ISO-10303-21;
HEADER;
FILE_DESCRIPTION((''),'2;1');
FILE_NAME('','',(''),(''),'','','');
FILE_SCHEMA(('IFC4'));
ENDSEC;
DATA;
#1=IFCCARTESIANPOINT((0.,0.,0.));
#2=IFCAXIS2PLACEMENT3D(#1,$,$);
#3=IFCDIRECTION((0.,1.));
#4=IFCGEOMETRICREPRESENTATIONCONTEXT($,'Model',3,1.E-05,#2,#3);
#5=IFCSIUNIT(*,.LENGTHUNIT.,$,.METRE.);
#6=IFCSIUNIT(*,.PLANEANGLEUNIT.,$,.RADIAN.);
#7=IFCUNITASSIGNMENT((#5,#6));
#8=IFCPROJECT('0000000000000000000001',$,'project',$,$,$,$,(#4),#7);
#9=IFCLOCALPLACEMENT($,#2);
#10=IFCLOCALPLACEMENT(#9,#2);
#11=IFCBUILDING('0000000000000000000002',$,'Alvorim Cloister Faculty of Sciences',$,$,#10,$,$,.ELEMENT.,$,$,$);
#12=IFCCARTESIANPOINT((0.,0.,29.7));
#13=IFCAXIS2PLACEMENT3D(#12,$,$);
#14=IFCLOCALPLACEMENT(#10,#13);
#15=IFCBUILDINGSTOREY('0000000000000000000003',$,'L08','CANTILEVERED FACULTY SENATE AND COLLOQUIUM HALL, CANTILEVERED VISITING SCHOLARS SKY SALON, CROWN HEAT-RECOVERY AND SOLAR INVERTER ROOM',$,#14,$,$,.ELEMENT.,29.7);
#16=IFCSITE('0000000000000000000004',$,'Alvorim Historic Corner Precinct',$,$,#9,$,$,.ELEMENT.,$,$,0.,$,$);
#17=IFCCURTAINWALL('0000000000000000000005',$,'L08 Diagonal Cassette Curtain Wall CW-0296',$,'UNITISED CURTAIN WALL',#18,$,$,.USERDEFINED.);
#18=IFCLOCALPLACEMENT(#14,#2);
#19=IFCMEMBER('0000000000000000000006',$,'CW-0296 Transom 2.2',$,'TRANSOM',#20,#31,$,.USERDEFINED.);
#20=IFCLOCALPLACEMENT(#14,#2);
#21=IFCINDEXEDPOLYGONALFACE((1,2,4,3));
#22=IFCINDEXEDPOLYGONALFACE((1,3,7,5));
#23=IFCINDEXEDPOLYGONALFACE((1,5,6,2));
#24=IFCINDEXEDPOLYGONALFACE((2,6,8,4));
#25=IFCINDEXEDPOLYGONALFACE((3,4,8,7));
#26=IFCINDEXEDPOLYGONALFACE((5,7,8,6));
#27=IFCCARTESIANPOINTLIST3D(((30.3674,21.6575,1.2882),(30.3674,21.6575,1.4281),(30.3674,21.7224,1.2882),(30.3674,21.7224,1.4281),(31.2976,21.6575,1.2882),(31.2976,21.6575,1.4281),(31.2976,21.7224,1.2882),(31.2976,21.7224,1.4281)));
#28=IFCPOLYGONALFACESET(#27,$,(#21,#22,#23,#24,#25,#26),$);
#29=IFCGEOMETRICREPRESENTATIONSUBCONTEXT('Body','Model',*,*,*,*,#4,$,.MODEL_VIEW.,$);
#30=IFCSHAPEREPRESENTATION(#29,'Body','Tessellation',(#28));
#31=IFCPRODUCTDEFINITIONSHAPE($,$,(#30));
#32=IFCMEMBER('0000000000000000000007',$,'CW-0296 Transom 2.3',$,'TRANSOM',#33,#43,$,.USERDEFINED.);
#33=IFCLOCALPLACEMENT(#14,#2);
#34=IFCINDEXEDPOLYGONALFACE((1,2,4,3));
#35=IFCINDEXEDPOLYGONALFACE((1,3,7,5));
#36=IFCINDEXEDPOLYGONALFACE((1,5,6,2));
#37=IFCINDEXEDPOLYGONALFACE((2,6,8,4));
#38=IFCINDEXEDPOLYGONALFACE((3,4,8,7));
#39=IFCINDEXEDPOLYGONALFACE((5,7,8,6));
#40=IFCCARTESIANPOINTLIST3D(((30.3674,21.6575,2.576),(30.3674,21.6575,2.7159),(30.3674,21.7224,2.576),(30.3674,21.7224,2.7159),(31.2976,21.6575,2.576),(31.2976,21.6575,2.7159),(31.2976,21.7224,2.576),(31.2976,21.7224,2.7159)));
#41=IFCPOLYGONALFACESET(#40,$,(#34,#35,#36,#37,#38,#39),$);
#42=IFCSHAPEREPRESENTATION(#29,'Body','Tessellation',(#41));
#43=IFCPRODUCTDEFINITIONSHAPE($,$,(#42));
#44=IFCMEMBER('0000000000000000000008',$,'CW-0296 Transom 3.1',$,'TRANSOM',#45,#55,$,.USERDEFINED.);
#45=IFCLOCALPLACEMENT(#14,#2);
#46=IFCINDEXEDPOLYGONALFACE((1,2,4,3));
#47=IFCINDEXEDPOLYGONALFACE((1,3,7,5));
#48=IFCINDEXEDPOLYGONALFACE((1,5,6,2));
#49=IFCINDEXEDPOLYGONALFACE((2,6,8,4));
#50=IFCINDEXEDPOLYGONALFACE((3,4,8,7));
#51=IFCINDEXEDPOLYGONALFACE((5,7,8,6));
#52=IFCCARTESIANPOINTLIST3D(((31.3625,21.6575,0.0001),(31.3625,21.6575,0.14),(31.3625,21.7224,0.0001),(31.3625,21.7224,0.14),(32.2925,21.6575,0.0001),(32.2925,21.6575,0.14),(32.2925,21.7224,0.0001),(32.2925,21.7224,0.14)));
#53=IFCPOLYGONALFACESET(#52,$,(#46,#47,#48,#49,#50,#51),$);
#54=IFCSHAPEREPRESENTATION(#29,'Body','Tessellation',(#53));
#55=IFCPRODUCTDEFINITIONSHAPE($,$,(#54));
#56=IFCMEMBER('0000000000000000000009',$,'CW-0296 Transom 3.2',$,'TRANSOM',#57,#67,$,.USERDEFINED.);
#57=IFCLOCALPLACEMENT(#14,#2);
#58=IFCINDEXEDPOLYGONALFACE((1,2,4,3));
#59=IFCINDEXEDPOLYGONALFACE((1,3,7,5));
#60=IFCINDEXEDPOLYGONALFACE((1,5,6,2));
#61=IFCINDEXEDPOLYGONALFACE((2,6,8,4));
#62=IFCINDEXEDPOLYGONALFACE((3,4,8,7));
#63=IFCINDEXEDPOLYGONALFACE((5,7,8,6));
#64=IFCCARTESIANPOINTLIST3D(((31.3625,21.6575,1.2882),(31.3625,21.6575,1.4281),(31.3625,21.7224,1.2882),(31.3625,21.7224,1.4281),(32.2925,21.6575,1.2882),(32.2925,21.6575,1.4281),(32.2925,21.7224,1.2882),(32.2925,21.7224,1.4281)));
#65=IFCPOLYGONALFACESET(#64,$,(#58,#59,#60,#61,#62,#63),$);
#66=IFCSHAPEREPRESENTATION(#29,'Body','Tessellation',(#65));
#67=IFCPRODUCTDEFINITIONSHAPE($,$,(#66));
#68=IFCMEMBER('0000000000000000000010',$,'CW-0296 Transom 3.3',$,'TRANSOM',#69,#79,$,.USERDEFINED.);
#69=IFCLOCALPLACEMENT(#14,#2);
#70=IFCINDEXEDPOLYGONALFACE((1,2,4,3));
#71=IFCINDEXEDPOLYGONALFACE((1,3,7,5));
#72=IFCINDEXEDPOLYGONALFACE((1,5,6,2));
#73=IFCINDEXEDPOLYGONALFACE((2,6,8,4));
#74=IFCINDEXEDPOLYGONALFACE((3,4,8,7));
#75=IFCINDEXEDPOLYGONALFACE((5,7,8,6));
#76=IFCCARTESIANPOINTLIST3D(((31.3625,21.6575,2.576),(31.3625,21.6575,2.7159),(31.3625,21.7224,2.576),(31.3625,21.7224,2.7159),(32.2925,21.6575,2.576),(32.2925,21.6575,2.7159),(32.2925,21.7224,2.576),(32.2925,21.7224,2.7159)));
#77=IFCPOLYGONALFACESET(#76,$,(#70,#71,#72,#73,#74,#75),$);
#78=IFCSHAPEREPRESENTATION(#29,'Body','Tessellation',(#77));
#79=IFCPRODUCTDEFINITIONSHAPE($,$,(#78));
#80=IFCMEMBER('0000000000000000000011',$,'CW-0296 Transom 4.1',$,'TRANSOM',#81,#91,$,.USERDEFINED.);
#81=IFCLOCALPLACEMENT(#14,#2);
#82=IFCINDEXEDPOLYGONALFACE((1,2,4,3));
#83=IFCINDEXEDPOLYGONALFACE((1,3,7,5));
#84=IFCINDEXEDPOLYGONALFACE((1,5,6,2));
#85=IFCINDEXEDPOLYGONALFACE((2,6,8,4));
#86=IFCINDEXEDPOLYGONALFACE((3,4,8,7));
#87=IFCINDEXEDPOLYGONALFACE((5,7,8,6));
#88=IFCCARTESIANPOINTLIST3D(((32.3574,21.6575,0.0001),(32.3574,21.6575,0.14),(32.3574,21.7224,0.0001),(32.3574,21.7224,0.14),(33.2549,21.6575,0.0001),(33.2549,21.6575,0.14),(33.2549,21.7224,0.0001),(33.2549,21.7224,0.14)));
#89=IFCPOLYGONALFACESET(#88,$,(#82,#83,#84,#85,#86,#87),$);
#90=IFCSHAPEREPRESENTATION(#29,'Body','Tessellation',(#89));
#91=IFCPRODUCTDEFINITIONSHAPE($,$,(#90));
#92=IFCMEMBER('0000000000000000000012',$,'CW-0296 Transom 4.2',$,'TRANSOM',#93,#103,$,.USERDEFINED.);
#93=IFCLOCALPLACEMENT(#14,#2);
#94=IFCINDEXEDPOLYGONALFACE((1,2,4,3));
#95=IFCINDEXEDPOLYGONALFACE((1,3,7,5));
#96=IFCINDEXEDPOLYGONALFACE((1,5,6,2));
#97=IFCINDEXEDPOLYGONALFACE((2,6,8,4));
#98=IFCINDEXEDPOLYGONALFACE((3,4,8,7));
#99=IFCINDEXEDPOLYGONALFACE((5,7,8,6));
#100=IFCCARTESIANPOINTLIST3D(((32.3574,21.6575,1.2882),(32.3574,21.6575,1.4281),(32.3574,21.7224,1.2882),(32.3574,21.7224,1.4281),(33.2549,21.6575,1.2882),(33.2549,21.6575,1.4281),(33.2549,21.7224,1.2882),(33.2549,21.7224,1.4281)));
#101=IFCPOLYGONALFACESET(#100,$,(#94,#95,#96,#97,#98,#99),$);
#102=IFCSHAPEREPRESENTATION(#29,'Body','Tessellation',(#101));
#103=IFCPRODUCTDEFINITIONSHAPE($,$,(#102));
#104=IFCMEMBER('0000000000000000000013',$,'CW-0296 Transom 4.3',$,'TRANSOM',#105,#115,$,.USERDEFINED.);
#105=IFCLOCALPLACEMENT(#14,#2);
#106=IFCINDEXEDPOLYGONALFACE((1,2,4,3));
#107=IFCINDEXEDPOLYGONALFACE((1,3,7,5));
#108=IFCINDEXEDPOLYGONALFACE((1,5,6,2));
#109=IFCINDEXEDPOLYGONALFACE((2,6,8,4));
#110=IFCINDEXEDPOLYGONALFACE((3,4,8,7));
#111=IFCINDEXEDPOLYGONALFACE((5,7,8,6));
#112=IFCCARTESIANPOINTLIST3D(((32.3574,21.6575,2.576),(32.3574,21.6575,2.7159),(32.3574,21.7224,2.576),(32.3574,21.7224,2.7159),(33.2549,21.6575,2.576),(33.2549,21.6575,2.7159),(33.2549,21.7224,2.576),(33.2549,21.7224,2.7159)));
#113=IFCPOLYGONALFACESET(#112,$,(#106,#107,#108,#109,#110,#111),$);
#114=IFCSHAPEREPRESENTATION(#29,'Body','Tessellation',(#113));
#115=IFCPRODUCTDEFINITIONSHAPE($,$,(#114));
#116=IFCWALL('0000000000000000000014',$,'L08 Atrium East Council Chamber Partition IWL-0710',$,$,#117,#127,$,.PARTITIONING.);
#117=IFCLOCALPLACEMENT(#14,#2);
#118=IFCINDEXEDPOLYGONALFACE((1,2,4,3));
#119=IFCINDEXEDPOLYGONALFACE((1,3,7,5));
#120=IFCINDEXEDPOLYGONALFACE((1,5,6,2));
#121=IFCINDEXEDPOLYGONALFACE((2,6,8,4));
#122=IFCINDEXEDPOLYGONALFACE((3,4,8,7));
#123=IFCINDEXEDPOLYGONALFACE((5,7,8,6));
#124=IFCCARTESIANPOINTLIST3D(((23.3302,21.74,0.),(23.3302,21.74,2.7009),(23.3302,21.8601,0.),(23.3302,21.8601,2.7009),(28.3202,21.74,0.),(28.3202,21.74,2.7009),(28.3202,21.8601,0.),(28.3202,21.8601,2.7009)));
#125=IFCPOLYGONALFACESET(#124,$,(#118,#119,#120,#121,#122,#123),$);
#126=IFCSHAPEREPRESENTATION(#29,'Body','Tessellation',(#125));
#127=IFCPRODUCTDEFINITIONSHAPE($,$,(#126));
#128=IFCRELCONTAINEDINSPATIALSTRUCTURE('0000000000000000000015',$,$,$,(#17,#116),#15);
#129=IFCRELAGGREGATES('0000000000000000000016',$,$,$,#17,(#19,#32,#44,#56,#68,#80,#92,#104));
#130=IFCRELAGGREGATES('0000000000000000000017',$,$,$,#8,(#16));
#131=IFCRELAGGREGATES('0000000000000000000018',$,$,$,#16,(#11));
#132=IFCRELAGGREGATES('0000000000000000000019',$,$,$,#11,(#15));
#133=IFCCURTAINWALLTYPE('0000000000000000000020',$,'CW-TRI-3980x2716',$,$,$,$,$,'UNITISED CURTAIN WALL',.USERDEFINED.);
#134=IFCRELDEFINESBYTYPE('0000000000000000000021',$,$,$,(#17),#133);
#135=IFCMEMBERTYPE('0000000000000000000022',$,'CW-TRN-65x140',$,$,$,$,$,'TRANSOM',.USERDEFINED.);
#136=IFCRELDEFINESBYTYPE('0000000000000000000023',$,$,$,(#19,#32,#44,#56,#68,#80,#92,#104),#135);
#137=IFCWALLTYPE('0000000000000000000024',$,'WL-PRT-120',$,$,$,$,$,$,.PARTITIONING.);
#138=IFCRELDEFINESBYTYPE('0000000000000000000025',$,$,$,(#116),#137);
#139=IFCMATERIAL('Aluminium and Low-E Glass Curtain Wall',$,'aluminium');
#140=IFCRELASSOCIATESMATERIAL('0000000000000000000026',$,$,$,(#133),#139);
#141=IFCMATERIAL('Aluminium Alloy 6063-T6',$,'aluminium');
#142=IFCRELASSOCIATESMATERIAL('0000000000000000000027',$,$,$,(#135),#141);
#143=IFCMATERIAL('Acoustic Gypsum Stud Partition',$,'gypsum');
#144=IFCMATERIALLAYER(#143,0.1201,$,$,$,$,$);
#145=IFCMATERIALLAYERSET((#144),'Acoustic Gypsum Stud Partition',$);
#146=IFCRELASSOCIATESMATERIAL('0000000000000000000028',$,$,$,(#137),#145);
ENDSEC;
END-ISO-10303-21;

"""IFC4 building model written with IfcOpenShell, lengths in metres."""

from ifc_helpers import new_model, si_unit, direction, frame, frame_2d, origin, origin_2d, place, context, subcontext, project, spatial, rectangle, extrude, material, layer, layer_set, material_profile, profile_set, type_object, element, aggregate, save


model = new_model("IFC4")

# Units and contexts
model_context = context("Model", 3, precision=1e-05, world=origin(), true_north=direction((0.0, 1.0)))
body_context = subcontext(model_context, "Body", "Model", "MODEL_VIEW")
ifc_project = project(units=[si_unit("LENGTHUNIT", "METRE"), si_unit("PLANEANGLEUNIT", "RADIAN")], contexts=[model_context])

# Site, building, storey
site_placement = place(None, origin())
site = spatial("IfcSite", under=ifc_project, at=site_placement, Name="Alvorim Historic Corner Precinct", CompositionType="ELEMENT", RefElevation=0.0)
building_placement = place(site_placement, origin())
building = spatial("IfcBuilding", under=site, at=building_placement, Name="Alvorim Cloister Faculty of Sciences", CompositionType="ELEMENT")
storey_placement = place(building_placement, frame((0.0, 0.0, 29.7)))
storey = spatial("IfcBuildingStorey", under=building, at=storey_placement, Name="L08", Description="CANTILEVERED FACULTY SENATE AND COLLOQUIUM HALL, CANTILEVERED VISITING SCHOLARS SKY SALON, CROWN HEAT-RECOVERY AND SOLAR INVERTER ROOM", CompositionType="ELEMENT", Elevation=29.7)

# Curtain wall
ifc_material_1 = material(Name="Aluminium and Low-E Glass Curtain Wall", Category="aluminium")
ifc_material_2 = material(Name="Aluminium Alloy 6063-T6", Category="aluminium")
curtain_wall_type_1 = type_object("IfcCurtainWallType", Name="CW-TRI-3980x2716", ElementType="UNITISED CURTAIN WALL", PredefinedType="USERDEFINED", material=ifc_material_1)
curtain_wall_1_placement = place(storey_placement, origin())
curtain_wall_1 = element("IfcCurtainWall", 1, at=curtain_wall_1_placement, inside=storey, type_object=curtain_wall_type_1, Name="L08 Diagonal Cassette Curtain Wall CW-0296", ObjectType="UNITISED CURTAIN WALL", PredefinedType="USERDEFINED")

# Members
ifc_material_profile_1 = material_profile(ifc_material_2, rectangle(XDim=0.0649, YDim=0.1399, at=origin_2d()), Name="ALU-TRN-65x140")
ifc_profile_set_1 = profile_set([ifc_material_profile_1], Name="Aluminium Alloy 6063-T6")
member_type_1 = type_object("IfcMemberType", Name="CW-TRN-65x140", ElementType="TRANSOM", PredefinedType="USERDEFINED", material=ifc_profile_set_1)
member_1_placement = place(storey_placement, frame((30.3674, 21.6899, 1.3582), z_axis=(1.0, 0.0, 0.0), x_axis=(0.0, 1.0, 0.0)))
member_1 = element("IfcMember", 2, at=member_1_placement, type_object=member_type_1, Name="CW-0296 Transom 2.2", ObjectType="TRANSOM", PredefinedType="USERDEFINED", context=body_context, shape_type="SweptSolid", body=[
    extrude(rectangle(XDim=0.0649, YDim=0.1399, at=origin_2d()), origin(), (0.0, 0.0, 1.0), 0.9302),
])
member_2_placement = place(storey_placement, frame((30.3674, 21.6899, 2.646), z_axis=(1.0, 0.0, 0.0), x_axis=(0.0, 1.0, 0.0)))
member_2 = element("IfcMember", 3, at=member_2_placement, type_object=member_type_1, Name="CW-0296 Transom 2.3", ObjectType="TRANSOM", PredefinedType="USERDEFINED", context=body_context, shape_type="SweptSolid", body=[
    extrude(rectangle(XDim=0.0649, YDim=0.1399, at=origin_2d()), origin(), (0.0, 0.0, 1.0), 0.9302),
])
member_3_placement = place(storey_placement, frame((31.3625, 21.6899, 0.0701), z_axis=(1.0, 0.0, 0.0), x_axis=(0.0, 1.0, 0.0)))
member_3 = element("IfcMember", 4, at=member_3_placement, type_object=member_type_1, Name="CW-0296 Transom 3.1", ObjectType="TRANSOM", PredefinedType="USERDEFINED", context=body_context, shape_type="SweptSolid", body=[
    extrude(rectangle(XDim=0.0649, YDim=0.1399, at=origin_2d()), origin(), (0.0, 0.0, 1.0), 0.9299),
])
member_4_placement = place(storey_placement, frame((31.3625, 21.6899, 1.3582), z_axis=(1.0, 0.0, 0.0), x_axis=(0.0, 1.0, 0.0)))
member_4 = element("IfcMember", 5, at=member_4_placement, type_object=member_type_1, Name="CW-0296 Transom 3.2", ObjectType="TRANSOM", PredefinedType="USERDEFINED", context=body_context, shape_type="SweptSolid", body=[
    extrude(rectangle(XDim=0.0649, YDim=0.1399, at=origin_2d()), origin(), (0.0, 0.0, 1.0), 0.9299),
])
member_5_placement = place(storey_placement, frame((31.3625, 21.6899, 2.646), z_axis=(1.0, 0.0, 0.0), x_axis=(0.0, 1.0, 0.0)))
member_5 = element("IfcMember", 6, at=member_5_placement, type_object=member_type_1, Name="CW-0296 Transom 3.3", ObjectType="TRANSOM", PredefinedType="USERDEFINED", context=body_context, shape_type="SweptSolid", body=[
    extrude(rectangle(XDim=0.0649, YDim=0.1399, at=origin_2d()), origin(), (0.0, 0.0, 1.0), 0.9299),
])
member_6_placement = place(storey_placement, frame((32.3574, 21.6899, 0.0701), z_axis=(1.0, 0.0, 0.0), x_axis=(0.0, 1.0, 0.0)))
member_6 = element("IfcMember", 7, at=member_6_placement, type_object=member_type_1, Name="CW-0296 Transom 4.1", ObjectType="TRANSOM", PredefinedType="USERDEFINED", context=body_context, shape_type="SweptSolid", body=[
    extrude(rectangle(XDim=0.0649, YDim=0.1399, at=origin_2d()), origin(), (0.0, 0.0, 1.0), 0.8975),
])
member_7_placement = place(storey_placement, frame((32.3574, 21.6899, 1.3582), z_axis=(1.0, 0.0, 0.0), x_axis=(0.0, 1.0, 0.0)))
member_7 = element("IfcMember", 8, at=member_7_placement, type_object=member_type_1, Name="CW-0296 Transom 4.2", ObjectType="TRANSOM", PredefinedType="USERDEFINED", context=body_context, shape_type="SweptSolid", body=[
    extrude(rectangle(XDim=0.0649, YDim=0.1399, at=origin_2d()), origin(), (0.0, 0.0, 1.0), 0.8975),
])
member_8_placement = place(storey_placement, frame((32.3574, 21.6899, 2.646), z_axis=(1.0, 0.0, 0.0), x_axis=(0.0, 1.0, 0.0)))
member_8 = element("IfcMember", 9, at=member_8_placement, type_object=member_type_1, Name="CW-0296 Transom 4.3", ObjectType="TRANSOM", PredefinedType="USERDEFINED", context=body_context, shape_type="SweptSolid", body=[
    extrude(rectangle(XDim=0.0649, YDim=0.1399, at=origin_2d()), origin(), (0.0, 0.0, 1.0), 0.8975),
])
aggregate(curtain_wall_1, [member_1, member_2, member_3, member_4, member_5, member_6, member_7, member_8])

# Wall
ifc_material_3 = material(Name="Acoustic Gypsum Stud Partition", Category="gypsum")
ifc_layer = layer(ifc_material_3, 0.1201)
ifc_layer_set = layer_set([ifc_layer], Name="Acoustic Gypsum Stud Partition")
wall_type = type_object("IfcWallType", Name="WL-PRT-120", PredefinedType="PARTITIONING", material=ifc_layer_set)
wall_placement = place(storey_placement, frame((23.3301, 21.8, 0.0), z_axis=(0.0, 0.0, 1.0), x_axis=(1.0, 0.0, 0.0)))
element("IfcWall", 10, at=wall_placement, inside=storey, type_object=wall_type, Name="L08 Atrium East Council Chamber Partition IWL-0710", PredefinedType="PARTITIONING", context=body_context, shape_type="SweptSolid", body=[
    extrude(rectangle(XDim=4.99, YDim=0.1201, at=frame_2d((2.4951, 0.0))), origin(), (0.0, 0.0, 1.0), 2.7009),
])

save(model, "model.ifc")
